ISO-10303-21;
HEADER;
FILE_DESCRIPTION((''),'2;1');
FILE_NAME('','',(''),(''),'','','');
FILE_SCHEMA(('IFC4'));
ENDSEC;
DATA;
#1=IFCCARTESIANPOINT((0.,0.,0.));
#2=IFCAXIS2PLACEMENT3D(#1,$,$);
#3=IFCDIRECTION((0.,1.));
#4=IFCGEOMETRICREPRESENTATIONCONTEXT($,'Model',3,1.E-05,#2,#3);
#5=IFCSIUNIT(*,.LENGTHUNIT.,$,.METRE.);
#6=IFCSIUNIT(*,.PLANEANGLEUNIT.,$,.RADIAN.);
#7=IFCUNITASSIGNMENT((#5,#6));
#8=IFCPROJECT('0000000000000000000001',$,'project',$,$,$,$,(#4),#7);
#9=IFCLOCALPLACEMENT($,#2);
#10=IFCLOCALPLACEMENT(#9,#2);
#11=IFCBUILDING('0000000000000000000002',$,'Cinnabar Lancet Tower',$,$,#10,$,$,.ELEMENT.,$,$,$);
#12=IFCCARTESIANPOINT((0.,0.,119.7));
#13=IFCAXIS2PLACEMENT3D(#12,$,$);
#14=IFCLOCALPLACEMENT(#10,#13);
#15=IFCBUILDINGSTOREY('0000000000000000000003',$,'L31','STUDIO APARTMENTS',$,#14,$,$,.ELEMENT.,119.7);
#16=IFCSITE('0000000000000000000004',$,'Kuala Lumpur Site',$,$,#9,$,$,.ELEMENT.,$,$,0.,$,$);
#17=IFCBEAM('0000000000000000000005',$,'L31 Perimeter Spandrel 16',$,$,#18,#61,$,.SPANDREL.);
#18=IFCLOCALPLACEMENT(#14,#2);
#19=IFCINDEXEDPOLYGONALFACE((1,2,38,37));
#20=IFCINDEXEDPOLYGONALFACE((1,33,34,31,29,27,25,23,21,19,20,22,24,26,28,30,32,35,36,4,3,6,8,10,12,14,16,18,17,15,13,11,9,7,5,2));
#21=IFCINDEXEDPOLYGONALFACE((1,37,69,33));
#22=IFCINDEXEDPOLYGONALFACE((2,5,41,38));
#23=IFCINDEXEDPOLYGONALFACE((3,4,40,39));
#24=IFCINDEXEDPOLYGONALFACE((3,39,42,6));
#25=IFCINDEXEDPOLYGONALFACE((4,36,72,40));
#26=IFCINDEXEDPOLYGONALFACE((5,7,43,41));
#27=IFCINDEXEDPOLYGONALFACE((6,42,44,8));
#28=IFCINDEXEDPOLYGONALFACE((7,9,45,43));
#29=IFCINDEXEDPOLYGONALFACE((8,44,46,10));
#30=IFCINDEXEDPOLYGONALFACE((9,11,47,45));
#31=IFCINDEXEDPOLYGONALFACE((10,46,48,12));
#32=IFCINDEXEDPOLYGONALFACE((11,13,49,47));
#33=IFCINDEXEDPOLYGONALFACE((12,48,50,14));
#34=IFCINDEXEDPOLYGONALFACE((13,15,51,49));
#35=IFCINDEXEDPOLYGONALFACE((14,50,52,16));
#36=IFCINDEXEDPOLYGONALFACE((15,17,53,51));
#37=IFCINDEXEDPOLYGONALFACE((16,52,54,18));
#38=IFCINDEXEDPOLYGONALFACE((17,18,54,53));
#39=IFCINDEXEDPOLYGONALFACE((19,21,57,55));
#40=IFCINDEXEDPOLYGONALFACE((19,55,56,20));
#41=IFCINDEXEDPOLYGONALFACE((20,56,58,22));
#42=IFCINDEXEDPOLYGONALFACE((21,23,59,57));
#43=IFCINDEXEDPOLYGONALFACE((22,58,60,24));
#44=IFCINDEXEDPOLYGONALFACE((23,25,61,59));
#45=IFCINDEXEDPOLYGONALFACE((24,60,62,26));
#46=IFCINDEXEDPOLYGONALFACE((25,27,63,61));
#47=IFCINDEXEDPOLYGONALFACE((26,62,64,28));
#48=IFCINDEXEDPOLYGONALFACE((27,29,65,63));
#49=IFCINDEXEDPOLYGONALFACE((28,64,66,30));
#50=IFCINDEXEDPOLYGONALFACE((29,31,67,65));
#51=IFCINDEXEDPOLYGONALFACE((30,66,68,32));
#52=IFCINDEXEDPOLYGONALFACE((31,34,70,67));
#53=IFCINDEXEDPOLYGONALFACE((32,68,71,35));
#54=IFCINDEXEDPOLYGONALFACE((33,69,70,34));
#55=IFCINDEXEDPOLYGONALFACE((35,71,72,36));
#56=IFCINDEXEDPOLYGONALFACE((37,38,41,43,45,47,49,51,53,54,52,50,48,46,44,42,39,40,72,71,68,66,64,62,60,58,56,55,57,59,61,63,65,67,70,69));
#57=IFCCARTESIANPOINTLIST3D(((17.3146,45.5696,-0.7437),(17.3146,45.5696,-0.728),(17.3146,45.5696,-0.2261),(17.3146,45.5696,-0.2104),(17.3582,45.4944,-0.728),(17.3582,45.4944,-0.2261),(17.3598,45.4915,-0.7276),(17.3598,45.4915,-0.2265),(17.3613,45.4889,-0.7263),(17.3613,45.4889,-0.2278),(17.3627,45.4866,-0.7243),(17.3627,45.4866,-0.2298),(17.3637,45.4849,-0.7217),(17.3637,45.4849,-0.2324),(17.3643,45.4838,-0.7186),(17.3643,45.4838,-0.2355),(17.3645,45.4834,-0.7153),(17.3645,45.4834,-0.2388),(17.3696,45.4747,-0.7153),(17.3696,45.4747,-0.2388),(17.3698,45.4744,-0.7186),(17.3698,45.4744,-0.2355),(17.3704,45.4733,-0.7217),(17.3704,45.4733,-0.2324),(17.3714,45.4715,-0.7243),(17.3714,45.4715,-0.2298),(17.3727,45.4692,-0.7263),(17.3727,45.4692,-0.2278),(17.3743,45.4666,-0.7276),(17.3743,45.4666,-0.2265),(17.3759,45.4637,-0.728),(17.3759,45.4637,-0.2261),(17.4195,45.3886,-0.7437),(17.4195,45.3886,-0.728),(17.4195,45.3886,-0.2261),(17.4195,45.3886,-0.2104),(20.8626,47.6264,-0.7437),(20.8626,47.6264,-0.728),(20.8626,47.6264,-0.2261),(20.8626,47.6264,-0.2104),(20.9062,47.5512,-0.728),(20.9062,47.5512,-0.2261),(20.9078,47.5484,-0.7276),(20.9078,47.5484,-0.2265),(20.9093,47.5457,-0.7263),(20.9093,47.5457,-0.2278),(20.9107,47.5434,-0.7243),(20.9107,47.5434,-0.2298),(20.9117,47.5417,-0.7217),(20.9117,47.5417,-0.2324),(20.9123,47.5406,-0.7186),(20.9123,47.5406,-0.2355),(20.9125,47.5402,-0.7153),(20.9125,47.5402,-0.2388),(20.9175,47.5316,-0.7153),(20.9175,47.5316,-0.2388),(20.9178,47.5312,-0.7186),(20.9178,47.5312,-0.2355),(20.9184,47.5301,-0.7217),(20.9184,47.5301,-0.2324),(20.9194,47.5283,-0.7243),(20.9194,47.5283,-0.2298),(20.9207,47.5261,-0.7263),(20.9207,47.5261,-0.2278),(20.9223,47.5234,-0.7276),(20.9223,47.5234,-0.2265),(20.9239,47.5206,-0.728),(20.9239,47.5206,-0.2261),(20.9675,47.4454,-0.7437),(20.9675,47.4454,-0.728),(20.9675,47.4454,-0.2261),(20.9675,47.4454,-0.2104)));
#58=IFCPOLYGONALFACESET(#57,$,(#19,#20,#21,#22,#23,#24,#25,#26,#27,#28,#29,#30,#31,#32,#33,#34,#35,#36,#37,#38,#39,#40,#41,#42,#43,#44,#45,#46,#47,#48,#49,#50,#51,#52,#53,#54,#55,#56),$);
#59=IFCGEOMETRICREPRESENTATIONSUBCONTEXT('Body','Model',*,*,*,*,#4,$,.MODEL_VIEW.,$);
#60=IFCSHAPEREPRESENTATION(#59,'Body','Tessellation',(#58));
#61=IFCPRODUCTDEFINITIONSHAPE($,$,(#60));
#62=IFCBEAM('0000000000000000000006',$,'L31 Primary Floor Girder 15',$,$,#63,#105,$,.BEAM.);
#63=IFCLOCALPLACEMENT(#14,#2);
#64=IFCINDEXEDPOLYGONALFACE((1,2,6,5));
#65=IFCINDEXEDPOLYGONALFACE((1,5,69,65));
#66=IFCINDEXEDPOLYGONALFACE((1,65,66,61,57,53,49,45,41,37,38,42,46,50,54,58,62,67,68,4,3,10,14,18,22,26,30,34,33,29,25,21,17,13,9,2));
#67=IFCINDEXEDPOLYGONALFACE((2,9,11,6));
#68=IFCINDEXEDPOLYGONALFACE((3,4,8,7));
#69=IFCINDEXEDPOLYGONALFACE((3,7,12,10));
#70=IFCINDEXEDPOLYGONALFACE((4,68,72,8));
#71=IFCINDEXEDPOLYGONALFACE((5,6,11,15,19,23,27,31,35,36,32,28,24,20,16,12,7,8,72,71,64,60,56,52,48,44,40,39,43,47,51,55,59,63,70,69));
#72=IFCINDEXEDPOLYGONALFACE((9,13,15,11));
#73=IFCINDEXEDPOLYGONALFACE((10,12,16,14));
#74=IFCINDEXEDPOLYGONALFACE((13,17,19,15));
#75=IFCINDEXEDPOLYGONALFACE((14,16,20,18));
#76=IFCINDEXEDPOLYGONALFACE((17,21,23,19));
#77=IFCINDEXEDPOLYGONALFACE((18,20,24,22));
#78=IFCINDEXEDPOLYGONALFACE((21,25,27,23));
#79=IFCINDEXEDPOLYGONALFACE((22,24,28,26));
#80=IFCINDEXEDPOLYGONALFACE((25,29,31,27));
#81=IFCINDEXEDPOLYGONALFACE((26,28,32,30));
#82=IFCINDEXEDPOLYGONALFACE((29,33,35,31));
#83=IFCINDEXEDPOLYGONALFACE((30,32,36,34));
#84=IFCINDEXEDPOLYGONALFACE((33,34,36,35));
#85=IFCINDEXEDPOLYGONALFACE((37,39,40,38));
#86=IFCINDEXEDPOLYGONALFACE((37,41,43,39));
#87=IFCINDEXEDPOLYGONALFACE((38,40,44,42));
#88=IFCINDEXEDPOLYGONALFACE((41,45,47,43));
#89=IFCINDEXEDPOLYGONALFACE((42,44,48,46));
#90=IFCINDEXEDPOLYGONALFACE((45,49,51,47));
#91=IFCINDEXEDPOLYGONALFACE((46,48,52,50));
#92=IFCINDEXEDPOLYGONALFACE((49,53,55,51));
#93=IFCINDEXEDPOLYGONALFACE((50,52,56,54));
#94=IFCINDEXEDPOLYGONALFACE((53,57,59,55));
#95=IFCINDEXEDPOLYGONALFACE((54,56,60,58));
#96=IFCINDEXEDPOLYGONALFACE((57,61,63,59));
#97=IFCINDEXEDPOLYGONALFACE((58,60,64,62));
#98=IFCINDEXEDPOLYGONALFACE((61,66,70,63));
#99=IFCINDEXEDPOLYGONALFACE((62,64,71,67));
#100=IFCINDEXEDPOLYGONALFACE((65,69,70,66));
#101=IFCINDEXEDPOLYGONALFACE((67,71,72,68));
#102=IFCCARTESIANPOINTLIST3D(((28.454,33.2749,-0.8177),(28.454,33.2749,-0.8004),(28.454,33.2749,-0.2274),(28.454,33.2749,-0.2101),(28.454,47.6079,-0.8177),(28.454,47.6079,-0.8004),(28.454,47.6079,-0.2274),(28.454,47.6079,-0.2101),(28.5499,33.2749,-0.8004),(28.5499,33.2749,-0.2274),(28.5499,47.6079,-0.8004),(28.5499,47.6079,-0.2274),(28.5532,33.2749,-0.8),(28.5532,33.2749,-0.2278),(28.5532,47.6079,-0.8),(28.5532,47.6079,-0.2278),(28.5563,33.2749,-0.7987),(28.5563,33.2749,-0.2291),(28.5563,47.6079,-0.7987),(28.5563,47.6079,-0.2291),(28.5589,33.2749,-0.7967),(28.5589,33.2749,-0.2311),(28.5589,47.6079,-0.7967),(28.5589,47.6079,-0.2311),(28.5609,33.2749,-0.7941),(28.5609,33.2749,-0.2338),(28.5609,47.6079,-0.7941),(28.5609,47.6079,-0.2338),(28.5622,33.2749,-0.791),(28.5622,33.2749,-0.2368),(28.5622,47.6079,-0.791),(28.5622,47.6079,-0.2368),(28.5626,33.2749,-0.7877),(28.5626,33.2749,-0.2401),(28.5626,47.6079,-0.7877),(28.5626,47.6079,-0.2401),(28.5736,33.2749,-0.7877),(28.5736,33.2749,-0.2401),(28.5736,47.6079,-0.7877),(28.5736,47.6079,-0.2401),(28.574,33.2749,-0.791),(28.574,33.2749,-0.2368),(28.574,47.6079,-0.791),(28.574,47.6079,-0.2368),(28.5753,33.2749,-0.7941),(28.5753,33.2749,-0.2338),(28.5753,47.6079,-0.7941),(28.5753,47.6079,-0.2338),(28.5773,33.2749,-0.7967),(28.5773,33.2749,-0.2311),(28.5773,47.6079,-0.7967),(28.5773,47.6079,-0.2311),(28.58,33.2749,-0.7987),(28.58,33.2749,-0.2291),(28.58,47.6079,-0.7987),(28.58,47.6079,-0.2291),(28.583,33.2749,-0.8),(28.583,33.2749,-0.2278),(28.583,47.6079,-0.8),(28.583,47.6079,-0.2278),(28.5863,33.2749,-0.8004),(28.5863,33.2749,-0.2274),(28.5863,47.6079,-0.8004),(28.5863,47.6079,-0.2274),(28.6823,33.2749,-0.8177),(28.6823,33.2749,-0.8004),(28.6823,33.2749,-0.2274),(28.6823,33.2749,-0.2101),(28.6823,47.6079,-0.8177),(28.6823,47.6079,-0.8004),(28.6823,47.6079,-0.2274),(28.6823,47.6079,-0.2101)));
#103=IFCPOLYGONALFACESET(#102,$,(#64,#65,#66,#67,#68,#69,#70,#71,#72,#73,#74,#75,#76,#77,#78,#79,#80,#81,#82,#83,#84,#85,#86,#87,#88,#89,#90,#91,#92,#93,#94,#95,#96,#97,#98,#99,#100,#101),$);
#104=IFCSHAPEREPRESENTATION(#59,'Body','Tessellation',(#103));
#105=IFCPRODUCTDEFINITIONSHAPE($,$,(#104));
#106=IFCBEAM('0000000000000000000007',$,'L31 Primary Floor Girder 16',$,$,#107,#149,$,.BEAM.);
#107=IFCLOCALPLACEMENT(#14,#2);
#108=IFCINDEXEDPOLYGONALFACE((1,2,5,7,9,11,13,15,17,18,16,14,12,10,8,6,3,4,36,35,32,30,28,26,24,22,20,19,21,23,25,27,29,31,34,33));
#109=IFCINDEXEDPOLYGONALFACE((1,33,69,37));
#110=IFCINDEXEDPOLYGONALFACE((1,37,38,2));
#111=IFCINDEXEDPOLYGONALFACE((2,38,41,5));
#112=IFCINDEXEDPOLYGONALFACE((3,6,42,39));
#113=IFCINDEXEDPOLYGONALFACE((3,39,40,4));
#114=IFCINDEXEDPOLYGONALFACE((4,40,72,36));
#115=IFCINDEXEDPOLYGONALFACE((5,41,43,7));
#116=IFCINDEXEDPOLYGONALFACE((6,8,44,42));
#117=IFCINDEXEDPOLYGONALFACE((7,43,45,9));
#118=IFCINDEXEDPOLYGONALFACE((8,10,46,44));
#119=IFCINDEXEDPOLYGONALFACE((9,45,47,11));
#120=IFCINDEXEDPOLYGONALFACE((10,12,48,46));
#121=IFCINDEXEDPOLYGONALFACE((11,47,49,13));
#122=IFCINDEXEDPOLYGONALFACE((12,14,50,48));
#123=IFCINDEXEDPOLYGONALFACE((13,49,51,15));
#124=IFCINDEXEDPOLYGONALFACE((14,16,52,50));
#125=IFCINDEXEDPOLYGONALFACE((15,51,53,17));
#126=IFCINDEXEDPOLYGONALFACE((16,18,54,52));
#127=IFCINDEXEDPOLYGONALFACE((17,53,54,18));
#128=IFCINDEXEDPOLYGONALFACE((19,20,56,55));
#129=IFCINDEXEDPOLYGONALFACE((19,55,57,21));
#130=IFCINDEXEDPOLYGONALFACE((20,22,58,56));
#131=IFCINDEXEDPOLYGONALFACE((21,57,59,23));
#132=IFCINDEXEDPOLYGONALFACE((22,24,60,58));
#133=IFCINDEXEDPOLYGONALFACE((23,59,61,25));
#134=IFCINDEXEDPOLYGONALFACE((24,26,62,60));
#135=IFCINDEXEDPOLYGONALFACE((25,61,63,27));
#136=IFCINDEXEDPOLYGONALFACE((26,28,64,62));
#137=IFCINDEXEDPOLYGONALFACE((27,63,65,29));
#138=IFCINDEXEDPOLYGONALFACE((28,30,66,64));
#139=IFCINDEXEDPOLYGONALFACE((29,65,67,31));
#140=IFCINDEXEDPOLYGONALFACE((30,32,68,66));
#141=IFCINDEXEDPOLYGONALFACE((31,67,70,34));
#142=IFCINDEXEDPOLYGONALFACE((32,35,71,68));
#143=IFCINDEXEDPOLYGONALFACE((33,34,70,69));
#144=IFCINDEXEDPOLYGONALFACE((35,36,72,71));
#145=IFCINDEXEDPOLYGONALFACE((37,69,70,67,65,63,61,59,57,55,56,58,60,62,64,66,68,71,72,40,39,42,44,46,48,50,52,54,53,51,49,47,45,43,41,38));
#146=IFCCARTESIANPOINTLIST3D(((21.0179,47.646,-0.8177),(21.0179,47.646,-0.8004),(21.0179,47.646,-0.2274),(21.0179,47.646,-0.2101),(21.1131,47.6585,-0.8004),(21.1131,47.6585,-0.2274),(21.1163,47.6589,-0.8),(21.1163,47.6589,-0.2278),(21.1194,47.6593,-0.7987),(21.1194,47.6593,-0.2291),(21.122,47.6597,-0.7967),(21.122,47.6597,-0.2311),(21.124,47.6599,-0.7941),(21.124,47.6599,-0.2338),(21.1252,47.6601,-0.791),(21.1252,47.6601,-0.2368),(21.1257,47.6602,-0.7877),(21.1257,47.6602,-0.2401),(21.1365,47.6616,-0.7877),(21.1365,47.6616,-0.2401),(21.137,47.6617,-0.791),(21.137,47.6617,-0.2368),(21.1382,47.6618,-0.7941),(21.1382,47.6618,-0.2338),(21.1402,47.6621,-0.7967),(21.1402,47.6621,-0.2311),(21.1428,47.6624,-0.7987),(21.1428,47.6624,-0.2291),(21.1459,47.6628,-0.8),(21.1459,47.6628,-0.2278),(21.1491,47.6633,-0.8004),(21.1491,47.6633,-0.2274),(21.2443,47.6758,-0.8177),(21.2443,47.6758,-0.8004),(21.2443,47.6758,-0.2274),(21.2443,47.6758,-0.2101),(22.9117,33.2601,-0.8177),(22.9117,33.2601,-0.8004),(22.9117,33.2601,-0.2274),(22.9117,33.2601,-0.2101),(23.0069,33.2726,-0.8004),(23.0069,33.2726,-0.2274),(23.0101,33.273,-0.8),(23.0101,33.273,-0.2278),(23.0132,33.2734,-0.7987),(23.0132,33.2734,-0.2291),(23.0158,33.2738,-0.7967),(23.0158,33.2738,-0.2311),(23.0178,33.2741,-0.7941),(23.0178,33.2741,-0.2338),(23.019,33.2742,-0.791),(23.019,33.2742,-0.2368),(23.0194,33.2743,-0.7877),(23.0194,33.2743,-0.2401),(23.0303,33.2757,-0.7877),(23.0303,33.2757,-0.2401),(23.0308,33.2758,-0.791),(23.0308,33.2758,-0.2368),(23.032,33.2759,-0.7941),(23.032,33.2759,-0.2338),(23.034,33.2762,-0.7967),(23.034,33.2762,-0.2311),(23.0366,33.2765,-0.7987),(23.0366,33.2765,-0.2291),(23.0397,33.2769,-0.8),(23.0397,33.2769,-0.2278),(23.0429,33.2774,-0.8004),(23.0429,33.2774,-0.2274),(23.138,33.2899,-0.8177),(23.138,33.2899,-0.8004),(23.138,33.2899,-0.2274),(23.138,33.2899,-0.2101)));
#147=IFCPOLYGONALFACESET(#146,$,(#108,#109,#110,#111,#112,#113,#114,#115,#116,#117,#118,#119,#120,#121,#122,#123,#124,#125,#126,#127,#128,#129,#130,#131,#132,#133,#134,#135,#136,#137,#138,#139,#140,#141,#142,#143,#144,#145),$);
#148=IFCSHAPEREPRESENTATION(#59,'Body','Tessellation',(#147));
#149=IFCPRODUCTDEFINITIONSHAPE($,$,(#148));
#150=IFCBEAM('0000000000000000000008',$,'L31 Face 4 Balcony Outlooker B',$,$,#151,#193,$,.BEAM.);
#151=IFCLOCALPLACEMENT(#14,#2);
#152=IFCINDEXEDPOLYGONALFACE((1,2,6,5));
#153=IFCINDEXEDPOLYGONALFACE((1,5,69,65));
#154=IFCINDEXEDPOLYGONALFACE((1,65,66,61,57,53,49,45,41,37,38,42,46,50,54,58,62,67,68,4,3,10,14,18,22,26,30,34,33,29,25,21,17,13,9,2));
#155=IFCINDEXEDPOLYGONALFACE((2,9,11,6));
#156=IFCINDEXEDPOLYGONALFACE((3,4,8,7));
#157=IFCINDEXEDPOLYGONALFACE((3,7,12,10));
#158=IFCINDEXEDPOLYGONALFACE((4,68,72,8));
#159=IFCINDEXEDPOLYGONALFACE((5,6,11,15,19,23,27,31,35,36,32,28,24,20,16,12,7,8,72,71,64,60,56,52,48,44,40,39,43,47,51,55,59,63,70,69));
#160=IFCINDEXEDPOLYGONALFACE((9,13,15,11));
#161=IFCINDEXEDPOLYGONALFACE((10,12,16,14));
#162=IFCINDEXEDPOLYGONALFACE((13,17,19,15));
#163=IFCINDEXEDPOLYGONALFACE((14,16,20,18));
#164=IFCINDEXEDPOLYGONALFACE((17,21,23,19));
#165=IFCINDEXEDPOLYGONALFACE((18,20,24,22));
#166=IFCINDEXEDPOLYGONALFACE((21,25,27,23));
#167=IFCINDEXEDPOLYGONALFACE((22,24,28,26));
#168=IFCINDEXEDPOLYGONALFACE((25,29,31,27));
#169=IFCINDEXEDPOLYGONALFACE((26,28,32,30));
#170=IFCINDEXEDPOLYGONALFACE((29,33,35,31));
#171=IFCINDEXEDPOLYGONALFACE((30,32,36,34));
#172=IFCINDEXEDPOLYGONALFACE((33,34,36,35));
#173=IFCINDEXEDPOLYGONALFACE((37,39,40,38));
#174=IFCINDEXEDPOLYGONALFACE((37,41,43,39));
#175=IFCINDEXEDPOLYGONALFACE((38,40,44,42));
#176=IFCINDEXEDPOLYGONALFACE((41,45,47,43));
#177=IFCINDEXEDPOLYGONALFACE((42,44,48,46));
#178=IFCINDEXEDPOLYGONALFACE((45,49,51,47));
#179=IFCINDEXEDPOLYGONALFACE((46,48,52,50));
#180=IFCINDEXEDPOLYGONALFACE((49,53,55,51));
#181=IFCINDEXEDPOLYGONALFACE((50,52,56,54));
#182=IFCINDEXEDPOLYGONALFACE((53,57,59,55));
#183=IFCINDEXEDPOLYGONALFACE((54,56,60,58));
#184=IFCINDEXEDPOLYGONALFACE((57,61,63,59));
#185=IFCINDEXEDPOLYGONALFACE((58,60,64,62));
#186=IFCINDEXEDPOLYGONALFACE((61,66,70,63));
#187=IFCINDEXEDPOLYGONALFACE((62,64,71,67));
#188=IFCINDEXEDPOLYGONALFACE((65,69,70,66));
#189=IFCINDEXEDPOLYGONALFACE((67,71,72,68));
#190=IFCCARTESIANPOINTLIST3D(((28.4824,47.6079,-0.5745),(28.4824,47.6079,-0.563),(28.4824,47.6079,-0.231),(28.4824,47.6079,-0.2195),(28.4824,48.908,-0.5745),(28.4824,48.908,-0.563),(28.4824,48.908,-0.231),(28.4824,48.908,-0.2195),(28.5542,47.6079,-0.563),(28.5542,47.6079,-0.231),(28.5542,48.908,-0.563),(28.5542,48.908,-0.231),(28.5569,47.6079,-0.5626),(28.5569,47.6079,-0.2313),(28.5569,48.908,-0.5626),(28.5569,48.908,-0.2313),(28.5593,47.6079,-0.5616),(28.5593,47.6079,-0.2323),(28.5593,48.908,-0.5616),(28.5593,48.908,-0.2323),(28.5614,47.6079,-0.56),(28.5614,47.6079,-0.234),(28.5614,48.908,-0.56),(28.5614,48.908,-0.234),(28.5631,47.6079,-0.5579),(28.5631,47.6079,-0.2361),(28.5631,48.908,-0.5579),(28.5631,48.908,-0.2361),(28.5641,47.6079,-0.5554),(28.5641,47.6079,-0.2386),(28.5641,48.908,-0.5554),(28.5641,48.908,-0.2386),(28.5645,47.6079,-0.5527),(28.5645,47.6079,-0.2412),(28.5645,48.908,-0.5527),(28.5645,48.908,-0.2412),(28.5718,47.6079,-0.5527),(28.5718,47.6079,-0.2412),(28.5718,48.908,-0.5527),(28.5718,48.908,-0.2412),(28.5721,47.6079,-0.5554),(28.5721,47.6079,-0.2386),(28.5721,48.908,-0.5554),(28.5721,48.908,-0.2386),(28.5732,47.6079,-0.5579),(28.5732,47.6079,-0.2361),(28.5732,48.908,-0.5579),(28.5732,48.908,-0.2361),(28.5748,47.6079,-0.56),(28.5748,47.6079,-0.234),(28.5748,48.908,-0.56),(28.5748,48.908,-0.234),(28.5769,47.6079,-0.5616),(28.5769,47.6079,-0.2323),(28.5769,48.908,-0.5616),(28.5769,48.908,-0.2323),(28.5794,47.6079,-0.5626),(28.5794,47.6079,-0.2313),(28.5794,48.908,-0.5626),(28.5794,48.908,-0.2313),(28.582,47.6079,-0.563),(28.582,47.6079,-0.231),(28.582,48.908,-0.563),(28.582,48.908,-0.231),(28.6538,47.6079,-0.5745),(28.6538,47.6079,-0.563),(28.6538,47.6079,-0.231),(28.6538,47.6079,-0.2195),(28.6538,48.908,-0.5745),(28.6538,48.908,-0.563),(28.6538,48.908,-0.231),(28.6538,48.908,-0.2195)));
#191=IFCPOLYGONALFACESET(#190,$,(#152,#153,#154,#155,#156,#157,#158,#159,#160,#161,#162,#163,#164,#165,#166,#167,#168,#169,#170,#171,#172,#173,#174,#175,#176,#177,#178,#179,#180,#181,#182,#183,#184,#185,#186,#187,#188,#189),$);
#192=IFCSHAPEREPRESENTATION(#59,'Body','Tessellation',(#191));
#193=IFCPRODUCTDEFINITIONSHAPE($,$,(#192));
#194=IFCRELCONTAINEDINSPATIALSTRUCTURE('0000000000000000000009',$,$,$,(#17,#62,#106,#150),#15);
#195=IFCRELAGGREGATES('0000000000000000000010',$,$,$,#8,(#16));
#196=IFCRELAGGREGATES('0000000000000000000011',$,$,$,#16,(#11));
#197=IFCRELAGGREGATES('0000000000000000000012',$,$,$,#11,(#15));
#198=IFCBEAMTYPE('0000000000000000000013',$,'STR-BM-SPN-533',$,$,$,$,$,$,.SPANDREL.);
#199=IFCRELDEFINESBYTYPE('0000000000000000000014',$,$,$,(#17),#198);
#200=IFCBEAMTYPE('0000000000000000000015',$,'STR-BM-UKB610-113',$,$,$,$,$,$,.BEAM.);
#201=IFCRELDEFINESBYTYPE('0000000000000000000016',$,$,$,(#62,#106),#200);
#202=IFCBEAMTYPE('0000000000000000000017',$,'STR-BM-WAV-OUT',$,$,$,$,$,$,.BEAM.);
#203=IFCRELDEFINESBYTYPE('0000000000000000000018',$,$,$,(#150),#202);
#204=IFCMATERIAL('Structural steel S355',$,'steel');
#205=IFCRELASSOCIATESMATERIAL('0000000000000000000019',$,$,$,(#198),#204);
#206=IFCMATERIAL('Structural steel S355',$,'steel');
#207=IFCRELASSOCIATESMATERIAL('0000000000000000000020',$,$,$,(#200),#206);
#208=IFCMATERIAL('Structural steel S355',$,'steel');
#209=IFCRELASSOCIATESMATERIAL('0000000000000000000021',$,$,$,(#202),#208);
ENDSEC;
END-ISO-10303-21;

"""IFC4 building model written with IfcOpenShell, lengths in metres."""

from ifc_helpers import new_model, si_unit, direction, frame, origin, origin_2d, place, context, subcontext, project, spatial, i_section, extrude, material, material_profile, profile_set, type_object, element, save


model = new_model("IFC4")

# Units and contexts
model_context = context("Model", 3, precision=1e-05, world=origin(), true_north=direction((0.0, 1.0)))
body_context = subcontext(model_context, "Body", "Model", "MODEL_VIEW")
ifc_project = project(units=[si_unit("LENGTHUNIT", "METRE"), si_unit("PLANEANGLEUNIT", "RADIAN")], contexts=[model_context])

# Site, building, storey
site_placement = place(None, origin())
site = spatial("IfcSite", under=ifc_project, at=site_placement, Name="Kuala Lumpur Site", CompositionType="ELEMENT", RefElevation=0.0)
building_placement = place(site_placement, origin())
building = spatial("IfcBuilding", under=site, at=building_placement, Name="Cinnabar Lancet Tower", CompositionType="ELEMENT")
storey_placement = place(building_placement, frame((0.0, 0.0, 119.7)))
storey = spatial("IfcBuildingStorey", under=building, at=storey_placement, Name="L31", Description="STUDIO APARTMENTS", CompositionType="ELEMENT", Elevation=119.7)

# Beams
ifc_material_1 = material(Name="Structural steel S355", Category="steel")
ifc_material_profile_1 = material_profile(ifc_material_1, i_section(OverallWidth=0.2092, OverallDepth=0.5332, WebThickness=0.01, FlangeThickness=0.0156, FilletRadius=0.0127, at=origin_2d()), Name="UKB 533x210x92")
ifc_profile_set_1 = profile_set([ifc_material_profile_1], Name="Structural steel S355")
beam_type_1 = type_object("IfcBeamType", Name="STR-BM-SPN-533", PredefinedType="SPANDREL", material=ifc_profile_set_1)
beam_1_placement = place(storey_placement, frame((20.915, 47.5359, -0.4771), z_axis=(-0.865138, -0.501534, 0.0), x_axis=(0.501534, -0.865138, 0.0)))
element("IfcBeam", 1, at=beam_1_placement, inside=storey, type_object=beam_type_1, Name="L31 Perimeter Spandrel 16", PredefinedType="SPANDREL", context=body_context, shape_type="SweptSolid", body=[
    extrude(i_section(OverallWidth=0.2092, OverallDepth=0.5332, WebThickness=0.01, FlangeThickness=0.0156, FilletRadius=0.0127, at=origin_2d()), origin(), (0.0, 0.0, 1.0), 4.1011),
])
ifc_material_2 = material(Name="Structural steel S355", Category="steel")
ifc_material_profile_2 = material_profile(ifc_material_2, i_section(OverallWidth=0.2283, OverallDepth=0.6077, WebThickness=0.011, FlangeThickness=0.0173, FilletRadius=0.0127, at=origin_2d()), Name="UKB 610x229x113")
ifc_profile_set_2 = profile_set([ifc_material_profile_2], Name="Structural steel S355")
beam_type_2 = type_object("IfcBeamType", Name="STR-BM-UKB610-113", PredefinedType="BEAM", material=ifc_profile_set_2)
beam_2_placement = place(storey_placement, frame((28.5681, 47.6079, -0.5139), z_axis=(0.0, -1.0, 0.0), x_axis=(1.0, 0.0, 0.0)))
element("IfcBeam", 2, at=beam_2_placement, inside=storey, type_object=beam_type_2, Name="L31 Primary Floor Girder 15", PredefinedType="BEAM", context=body_context, shape_type="SweptSolid", body=[
    extrude(i_section(OverallWidth=0.2283, OverallDepth=0.6077, WebThickness=0.011, FlangeThickness=0.0173, FilletRadius=0.0127, at=origin_2d()), origin(), (0.0, 0.0, 1.0), 14.333),
])
beam_3_placement = place(storey_placement, frame((21.1311, 47.6609, -0.5139), z_axis=(0.130516, -0.991446, 0.0), x_axis=(0.991446, 0.130516, 0.0)))
element("IfcBeam", 3, at=beam_3_placement, inside=storey, type_object=beam_type_2, Name="L31 Primary Floor Girder 16", PredefinedType="BEAM", context=body_context, shape_type="SweptSolid", body=[
    extrude(i_section(OverallWidth=0.2283, OverallDepth=0.6077, WebThickness=0.011, FlangeThickness=0.0173, FilletRadius=0.0127, at=origin_2d()), origin(), (0.0, 0.0, 1.0), 14.51),
])
ifc_material_3 = material(Name="Structural steel S355", Category="steel")
ifc_material_profile_3 = material_profile(ifc_material_3, i_section(OverallWidth=0.1714, OverallDepth=0.355, WebThickness=0.0073, FlangeThickness=0.0115, FilletRadius=0.0103, at=origin_2d()), Name="UKB 356x171x51")
ifc_profile_set_3 = profile_set([ifc_material_profile_3], Name="Structural steel S355")
beam_type_3 = type_object("IfcBeamType", Name="STR-BM-WAV-OUT", PredefinedType="BEAM", material=ifc_profile_set_3)
beam_4_placement = place(storey_placement, frame((28.5681, 47.6079, -0.397), z_axis=(0.0, 1.0, 0.0), x_axis=(-1.0, 0.0, 0.0)))
element("IfcBeam", 4, at=beam_4_placement, inside=storey, type_object=beam_type_3, Name="L31 Face 4 Balcony Outlooker B", PredefinedType="BEAM", context=body_context, shape_type="SweptSolid", body=[
    extrude(i_section(OverallWidth=0.1714, OverallDepth=0.355, WebThickness=0.0073, FlangeThickness=0.0115, FilletRadius=0.0103, at=origin_2d()), origin(), (0.0, 0.0, 1.0), 1.3),
])

save(model, "model.ifc")
